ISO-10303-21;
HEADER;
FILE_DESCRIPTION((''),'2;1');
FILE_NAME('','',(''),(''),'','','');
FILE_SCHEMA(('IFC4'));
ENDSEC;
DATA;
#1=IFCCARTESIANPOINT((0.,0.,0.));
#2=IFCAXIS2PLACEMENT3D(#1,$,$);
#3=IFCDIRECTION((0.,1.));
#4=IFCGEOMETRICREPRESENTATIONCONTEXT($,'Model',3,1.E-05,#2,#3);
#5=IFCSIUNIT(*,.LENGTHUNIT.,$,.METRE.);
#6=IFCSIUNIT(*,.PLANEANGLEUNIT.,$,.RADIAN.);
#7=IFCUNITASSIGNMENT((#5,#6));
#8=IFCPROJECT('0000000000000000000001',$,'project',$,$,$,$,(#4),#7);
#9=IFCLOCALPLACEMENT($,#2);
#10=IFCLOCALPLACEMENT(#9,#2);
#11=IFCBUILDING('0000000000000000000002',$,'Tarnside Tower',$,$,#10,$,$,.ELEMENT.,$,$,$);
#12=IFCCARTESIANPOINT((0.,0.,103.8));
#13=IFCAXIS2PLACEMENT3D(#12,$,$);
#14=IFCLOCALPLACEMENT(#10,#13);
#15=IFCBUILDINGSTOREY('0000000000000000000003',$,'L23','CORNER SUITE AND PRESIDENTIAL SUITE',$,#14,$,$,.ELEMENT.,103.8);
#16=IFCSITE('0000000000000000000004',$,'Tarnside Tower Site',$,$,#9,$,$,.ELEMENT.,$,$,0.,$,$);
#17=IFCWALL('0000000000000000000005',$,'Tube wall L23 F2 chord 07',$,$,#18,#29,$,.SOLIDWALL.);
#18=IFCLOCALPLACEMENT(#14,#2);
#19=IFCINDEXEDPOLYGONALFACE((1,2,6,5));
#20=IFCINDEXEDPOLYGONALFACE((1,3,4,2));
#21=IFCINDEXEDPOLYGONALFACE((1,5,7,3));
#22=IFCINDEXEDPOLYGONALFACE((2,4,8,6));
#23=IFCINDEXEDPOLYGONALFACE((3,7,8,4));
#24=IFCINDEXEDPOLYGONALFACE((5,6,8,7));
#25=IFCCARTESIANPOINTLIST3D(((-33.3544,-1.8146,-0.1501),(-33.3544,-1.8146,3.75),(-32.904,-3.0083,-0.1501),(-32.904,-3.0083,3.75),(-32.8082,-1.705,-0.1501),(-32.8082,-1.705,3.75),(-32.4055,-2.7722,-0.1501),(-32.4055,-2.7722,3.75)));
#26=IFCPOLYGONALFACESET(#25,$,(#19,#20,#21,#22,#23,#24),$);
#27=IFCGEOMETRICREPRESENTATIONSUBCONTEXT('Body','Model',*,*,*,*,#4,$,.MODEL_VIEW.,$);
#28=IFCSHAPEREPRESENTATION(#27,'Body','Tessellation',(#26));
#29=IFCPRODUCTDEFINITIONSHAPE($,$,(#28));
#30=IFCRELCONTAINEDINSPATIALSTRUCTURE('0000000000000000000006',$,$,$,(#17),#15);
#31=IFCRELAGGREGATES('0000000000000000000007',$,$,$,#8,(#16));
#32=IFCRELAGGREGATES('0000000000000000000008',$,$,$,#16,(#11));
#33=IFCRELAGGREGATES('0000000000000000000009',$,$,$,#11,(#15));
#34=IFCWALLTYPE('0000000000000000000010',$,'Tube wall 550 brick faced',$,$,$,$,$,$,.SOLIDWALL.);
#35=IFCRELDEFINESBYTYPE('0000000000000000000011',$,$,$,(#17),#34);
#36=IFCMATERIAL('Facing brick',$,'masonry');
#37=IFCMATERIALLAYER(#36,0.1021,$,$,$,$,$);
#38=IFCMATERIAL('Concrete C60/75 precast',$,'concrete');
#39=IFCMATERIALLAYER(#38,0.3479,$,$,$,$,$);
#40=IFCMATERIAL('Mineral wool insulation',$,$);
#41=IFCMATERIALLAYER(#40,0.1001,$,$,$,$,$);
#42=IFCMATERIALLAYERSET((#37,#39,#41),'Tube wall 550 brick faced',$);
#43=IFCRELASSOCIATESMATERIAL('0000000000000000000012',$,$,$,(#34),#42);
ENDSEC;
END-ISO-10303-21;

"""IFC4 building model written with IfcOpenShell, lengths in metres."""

from ifc_helpers import new_model, si_unit, direction, frame, origin, place, context, subcontext, project, spatial, polyline, outline, extrude, material, layer, layer_set, type_object, element, save


model = new_model("IFC4")

# Units and contexts
model_context = context("Model", 3, precision=1e-05, world=origin(), true_north=direction((0.0, 1.0)))
body_context = subcontext(model_context, "Body", "Model", "MODEL_VIEW")
ifc_project = project(units=[si_unit("LENGTHUNIT", "METRE"), si_unit("PLANEANGLEUNIT", "RADIAN")], contexts=[model_context])

# Site, building, storey
site_placement = place(None, origin())
site = spatial("IfcSite", under=ifc_project, at=site_placement, Name="Tarnside Tower Site", CompositionType="ELEMENT", RefElevation=0.0)
building_placement = place(site_placement, origin())
building = spatial("IfcBuilding", under=site, at=building_placement, Name="Tarnside Tower", CompositionType="ELEMENT")
storey_placement = place(building_placement, frame((0.0, 0.0, 103.8)))
storey = spatial("IfcBuildingStorey", under=building, at=storey_placement, Name="L23", Description="CORNER SUITE AND PRESIDENTIAL SUITE", CompositionType="ELEMENT", Elevation=103.8)

# Wall
ifc_material_1 = material(Name="Facing brick", Category="masonry")
ifc_layer_1 = layer(ifc_material_1, 0.1021)
ifc_material_2 = material(Name="Concrete C60/75 precast", Category="concrete")
ifc_layer_2 = layer(ifc_material_2, 0.3479)
ifc_material_3 = material(Name="Mineral wool insulation")
ifc_layer_3 = layer(ifc_material_3, 0.1001)
ifc_layer_set_1 = layer_set([ifc_layer_1, ifc_layer_2, ifc_layer_3], Name="Tube wall 550 brick faced")
wall_type_1 = type_object("IfcWallType", Name="Tube wall 550 brick faced", PredefinedType="SOLIDWALL", material=ifc_layer_set_1)
wall_1_placement = place(storey_placement, frame((-33.0813, -1.7598, -0.1501), z_axis=(0.0, 0.0, 1.0), x_axis=(0.353027, -0.935613, 0.0)))
element("IfcWall", 1, at=wall_1_placement, inside=storey, type_object=wall_type_1, Name="Tube wall L23 F2 chord 07", PredefinedType="SOLIDWALL", context=body_context, shape_type="SweptSolid", body=[
    extrude(outline(polyline([(-0.0452, -0.2749), (1.2307, -0.2749), (1.1858, 0.2749), (0.0452, 0.2749), (-0.0452, -0.2749)])), origin(), (0.0, 0.0, 1.0), 3.9001),
])

save(model, "model.ifc")
